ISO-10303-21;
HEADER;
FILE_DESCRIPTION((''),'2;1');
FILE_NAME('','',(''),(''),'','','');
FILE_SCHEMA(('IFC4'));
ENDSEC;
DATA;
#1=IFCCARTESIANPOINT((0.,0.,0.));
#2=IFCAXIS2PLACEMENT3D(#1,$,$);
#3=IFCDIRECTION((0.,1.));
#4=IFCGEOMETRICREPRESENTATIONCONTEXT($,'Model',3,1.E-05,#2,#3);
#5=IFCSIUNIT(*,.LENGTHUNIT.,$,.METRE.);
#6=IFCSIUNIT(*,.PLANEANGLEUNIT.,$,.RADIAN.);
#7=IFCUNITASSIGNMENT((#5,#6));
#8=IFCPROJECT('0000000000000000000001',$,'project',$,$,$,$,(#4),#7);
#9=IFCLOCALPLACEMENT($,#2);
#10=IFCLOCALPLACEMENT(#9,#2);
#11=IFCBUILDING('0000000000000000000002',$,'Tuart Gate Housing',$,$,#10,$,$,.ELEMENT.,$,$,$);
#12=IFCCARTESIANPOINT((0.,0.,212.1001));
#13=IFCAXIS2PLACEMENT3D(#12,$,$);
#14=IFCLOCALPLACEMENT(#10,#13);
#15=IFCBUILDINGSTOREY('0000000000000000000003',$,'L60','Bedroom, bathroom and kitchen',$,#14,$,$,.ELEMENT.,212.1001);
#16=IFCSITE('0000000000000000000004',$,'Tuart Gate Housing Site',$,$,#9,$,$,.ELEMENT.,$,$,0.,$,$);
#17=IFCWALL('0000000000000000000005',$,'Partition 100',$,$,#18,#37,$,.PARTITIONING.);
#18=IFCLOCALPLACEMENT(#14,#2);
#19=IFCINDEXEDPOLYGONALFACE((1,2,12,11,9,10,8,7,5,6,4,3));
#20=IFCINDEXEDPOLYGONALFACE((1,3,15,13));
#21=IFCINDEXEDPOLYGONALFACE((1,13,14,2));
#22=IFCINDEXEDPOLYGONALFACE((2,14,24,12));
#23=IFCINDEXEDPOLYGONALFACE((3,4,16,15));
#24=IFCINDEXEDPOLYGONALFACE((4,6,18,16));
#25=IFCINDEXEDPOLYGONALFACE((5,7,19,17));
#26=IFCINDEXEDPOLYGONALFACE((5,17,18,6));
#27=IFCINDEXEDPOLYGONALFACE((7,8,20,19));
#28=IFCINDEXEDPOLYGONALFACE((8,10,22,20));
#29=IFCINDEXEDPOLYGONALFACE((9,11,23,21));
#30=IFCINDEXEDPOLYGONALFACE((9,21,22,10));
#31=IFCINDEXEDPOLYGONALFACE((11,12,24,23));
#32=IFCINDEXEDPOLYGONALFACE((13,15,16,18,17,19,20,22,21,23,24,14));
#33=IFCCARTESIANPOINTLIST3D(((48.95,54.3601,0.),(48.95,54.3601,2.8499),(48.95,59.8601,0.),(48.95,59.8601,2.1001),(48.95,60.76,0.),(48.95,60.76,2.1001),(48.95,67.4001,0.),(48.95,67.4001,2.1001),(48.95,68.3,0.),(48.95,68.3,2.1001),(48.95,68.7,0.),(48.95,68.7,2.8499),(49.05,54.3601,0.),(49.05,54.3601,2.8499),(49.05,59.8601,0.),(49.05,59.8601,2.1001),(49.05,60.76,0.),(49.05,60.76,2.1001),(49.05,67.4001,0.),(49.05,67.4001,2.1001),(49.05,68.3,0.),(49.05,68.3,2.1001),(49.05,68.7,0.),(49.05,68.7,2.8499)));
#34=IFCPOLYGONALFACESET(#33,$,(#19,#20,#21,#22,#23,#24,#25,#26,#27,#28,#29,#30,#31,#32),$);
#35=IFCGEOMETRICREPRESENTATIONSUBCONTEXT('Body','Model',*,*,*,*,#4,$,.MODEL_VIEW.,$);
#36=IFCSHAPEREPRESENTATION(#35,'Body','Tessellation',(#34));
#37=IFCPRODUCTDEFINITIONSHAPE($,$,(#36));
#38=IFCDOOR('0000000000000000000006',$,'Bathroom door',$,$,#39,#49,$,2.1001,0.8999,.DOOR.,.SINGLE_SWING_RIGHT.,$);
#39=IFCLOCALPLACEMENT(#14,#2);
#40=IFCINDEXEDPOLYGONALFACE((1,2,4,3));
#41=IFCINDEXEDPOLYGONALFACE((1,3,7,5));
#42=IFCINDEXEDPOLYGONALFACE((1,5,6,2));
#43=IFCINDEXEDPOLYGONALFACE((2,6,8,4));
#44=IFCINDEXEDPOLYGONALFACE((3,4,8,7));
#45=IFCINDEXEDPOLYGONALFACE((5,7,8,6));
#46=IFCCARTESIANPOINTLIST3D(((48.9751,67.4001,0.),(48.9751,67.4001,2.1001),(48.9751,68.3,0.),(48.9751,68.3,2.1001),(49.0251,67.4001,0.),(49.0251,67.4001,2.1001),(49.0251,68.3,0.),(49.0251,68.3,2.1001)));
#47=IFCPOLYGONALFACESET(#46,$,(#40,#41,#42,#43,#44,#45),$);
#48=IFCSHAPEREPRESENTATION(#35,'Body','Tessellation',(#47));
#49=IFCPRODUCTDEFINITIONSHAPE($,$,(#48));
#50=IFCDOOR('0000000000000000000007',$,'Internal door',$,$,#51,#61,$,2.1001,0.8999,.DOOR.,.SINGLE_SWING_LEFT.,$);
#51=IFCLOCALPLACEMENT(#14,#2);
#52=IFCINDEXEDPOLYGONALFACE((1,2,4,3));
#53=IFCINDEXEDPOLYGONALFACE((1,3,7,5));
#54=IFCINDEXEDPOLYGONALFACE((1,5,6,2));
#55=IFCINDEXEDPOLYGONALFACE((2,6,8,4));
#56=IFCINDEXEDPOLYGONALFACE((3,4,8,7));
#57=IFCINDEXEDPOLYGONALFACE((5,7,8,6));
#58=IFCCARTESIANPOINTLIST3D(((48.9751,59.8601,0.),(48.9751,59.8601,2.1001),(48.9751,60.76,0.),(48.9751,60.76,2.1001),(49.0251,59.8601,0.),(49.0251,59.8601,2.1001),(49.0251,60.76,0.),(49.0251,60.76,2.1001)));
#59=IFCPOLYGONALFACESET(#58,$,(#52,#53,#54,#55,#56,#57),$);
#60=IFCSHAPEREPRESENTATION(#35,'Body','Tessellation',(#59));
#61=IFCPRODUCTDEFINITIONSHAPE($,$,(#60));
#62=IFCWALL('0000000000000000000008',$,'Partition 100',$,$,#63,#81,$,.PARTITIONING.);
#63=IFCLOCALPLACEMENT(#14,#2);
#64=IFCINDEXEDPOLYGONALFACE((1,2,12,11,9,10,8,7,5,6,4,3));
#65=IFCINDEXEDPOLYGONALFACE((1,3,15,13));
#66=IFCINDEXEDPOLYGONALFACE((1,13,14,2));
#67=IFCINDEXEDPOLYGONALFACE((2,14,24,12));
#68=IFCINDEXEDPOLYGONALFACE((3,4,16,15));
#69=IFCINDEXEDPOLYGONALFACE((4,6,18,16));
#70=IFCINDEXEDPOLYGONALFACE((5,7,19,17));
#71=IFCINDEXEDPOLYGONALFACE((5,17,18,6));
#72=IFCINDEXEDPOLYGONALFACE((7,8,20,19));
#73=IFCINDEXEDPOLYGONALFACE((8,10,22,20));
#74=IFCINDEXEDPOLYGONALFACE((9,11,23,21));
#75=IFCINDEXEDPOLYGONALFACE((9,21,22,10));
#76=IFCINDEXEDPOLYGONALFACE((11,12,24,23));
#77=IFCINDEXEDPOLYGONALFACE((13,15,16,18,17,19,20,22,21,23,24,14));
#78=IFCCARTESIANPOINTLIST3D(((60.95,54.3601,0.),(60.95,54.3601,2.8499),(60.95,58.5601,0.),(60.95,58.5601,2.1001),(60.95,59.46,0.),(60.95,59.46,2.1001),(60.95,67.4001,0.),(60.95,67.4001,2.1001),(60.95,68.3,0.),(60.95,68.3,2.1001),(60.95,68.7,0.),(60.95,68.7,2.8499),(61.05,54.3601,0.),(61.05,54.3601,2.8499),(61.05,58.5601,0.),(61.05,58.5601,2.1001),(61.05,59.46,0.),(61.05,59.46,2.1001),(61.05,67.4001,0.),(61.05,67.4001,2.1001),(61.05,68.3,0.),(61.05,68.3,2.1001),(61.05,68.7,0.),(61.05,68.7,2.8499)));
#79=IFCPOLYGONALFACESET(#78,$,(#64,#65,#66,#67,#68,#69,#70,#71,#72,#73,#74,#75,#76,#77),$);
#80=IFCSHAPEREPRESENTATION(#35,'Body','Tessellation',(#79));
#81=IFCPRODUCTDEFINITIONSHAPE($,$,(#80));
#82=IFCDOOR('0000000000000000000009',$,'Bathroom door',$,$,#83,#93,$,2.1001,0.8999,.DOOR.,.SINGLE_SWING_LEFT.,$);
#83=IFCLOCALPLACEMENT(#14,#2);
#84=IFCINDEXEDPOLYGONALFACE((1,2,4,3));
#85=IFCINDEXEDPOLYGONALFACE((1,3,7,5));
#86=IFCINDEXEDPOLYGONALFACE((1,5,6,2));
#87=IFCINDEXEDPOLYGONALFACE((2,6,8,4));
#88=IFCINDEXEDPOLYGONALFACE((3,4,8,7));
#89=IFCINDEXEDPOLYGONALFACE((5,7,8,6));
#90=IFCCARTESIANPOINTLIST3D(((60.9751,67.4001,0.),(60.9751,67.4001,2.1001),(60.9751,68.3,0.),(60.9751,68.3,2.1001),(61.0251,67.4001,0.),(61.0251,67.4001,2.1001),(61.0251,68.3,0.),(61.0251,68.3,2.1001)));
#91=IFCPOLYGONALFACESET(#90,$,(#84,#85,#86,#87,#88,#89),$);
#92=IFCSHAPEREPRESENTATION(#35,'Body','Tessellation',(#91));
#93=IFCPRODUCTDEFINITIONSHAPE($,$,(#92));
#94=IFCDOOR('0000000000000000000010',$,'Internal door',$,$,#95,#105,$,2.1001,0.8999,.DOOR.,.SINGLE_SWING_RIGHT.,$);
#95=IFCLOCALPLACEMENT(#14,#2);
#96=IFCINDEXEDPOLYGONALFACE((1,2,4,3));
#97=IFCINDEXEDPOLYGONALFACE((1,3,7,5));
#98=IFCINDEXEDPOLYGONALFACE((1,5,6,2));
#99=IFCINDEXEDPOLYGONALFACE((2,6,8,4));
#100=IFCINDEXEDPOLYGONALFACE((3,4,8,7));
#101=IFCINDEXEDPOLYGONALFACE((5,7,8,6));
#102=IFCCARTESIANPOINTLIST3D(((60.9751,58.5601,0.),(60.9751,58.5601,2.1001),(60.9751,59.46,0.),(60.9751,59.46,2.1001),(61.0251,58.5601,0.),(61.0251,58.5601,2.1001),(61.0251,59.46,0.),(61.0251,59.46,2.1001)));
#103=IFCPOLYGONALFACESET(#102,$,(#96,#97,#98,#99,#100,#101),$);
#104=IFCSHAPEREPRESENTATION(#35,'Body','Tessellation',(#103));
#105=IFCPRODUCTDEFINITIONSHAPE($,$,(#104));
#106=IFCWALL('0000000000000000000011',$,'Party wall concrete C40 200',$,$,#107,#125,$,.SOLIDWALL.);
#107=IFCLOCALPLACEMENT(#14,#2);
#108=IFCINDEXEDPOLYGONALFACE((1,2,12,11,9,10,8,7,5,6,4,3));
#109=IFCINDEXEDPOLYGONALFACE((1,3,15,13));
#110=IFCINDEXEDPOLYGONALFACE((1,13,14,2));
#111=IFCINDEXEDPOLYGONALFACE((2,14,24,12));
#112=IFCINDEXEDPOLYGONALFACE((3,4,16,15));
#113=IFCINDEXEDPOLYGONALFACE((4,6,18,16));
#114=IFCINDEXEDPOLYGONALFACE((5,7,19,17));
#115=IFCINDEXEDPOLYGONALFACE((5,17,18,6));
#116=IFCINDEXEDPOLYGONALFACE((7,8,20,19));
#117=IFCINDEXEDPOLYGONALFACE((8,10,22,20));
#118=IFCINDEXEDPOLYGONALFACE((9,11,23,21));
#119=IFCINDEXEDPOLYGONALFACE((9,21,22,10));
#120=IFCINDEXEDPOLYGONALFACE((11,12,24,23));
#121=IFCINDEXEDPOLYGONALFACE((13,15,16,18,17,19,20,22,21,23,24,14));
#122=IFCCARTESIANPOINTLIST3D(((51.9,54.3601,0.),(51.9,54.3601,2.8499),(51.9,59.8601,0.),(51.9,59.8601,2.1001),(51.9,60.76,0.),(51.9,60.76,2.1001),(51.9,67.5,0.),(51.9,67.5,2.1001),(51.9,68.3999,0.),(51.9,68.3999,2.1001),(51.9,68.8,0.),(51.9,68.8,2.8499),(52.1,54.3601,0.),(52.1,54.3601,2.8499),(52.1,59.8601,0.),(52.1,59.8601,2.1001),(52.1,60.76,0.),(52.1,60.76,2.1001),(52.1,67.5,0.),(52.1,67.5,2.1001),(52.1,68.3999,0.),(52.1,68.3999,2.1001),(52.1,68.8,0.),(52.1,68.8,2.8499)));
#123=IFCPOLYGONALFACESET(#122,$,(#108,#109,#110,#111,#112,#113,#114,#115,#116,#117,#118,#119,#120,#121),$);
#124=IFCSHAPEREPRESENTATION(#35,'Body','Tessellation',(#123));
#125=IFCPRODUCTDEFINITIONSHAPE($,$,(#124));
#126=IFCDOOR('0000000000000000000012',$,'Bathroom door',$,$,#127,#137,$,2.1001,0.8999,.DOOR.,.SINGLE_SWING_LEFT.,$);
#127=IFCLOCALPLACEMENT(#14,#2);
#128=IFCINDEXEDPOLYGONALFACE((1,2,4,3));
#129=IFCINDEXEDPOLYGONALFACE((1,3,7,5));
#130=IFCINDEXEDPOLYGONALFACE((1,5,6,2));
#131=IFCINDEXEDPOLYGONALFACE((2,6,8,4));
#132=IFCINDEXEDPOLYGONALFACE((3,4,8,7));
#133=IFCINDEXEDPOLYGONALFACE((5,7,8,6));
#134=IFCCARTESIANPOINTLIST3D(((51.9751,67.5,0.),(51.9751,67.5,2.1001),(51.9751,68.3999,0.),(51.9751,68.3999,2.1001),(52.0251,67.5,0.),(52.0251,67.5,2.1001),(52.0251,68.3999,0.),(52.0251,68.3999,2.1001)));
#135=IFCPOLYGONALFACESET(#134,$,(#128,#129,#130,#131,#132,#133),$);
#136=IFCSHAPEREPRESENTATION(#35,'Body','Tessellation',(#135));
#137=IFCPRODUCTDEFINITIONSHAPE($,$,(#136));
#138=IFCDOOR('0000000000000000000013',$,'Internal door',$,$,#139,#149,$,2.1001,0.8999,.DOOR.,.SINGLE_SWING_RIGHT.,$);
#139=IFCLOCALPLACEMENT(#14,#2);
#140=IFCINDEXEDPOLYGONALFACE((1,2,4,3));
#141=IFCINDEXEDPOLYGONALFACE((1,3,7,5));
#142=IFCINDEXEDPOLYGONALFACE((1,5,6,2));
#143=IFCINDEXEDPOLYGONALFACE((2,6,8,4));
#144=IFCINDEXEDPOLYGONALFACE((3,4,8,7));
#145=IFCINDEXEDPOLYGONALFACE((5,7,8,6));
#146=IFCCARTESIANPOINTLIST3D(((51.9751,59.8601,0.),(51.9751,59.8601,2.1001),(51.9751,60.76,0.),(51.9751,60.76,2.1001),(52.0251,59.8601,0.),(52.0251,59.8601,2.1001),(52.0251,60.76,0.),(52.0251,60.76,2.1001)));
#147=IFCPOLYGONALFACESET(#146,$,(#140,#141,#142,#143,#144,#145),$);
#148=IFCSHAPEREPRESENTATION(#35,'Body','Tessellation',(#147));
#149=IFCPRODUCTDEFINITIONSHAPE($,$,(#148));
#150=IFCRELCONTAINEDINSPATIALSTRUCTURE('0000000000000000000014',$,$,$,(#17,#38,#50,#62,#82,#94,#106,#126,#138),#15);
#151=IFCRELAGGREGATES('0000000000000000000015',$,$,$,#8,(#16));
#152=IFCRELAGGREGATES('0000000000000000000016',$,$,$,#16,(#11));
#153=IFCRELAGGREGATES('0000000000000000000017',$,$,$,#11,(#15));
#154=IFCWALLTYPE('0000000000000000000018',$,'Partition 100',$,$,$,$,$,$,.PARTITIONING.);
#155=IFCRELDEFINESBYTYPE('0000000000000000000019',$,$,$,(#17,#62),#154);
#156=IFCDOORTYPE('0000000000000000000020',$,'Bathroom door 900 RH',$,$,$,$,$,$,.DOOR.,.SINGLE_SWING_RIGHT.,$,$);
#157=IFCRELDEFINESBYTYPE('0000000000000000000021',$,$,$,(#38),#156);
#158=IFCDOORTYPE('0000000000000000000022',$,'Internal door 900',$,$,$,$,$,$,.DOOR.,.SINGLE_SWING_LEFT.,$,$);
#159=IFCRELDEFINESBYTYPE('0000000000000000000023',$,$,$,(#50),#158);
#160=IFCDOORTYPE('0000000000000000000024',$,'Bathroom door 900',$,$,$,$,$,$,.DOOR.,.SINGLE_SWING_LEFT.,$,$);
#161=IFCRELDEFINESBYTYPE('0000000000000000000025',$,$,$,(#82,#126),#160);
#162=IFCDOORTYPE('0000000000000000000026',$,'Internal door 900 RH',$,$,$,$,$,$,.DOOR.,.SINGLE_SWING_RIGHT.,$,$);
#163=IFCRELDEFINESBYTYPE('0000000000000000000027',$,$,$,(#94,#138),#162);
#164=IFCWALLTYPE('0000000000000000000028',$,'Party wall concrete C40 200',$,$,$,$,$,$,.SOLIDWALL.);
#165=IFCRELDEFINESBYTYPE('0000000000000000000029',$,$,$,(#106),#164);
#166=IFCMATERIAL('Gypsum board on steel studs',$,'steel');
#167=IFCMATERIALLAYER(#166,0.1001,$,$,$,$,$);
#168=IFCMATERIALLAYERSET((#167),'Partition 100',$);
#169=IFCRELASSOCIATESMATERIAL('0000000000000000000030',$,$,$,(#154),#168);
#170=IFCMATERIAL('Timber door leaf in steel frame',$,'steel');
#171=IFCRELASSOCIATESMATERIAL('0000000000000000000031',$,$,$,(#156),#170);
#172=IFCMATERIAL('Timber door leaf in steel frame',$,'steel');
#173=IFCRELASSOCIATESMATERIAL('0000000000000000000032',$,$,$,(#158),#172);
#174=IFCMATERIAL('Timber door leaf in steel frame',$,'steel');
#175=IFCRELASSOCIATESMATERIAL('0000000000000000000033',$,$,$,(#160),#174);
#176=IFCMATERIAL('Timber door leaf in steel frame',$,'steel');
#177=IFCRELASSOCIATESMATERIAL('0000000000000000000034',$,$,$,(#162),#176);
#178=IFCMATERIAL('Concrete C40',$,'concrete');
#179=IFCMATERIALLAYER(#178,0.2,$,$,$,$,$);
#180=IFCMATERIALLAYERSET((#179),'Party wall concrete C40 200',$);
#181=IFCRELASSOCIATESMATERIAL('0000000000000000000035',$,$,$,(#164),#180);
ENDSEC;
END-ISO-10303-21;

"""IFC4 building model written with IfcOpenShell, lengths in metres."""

from ifc_helpers import new_model, si_unit, direction, frame, frame_2d, origin, place, context, subcontext, project, spatial, rectangle, extrude, material, layer, layer_set, type_object, element, fill, save


model = new_model("IFC4")

# Units and contexts
model_context = context("Model", 3, precision=1e-05, world=origin(), true_north=direction((0.0, 1.0)))
body_context = subcontext(model_context, "Body", "Model", "MODEL_VIEW")
ifc_project = project(units=[si_unit("LENGTHUNIT", "METRE"), si_unit("PLANEANGLEUNIT", "RADIAN")], contexts=[model_context])

# Site, building, storey
site_placement = place(None, origin())
site = spatial("IfcSite", under=ifc_project, at=site_placement, Name="Tuart Gate Housing Site", CompositionType="ELEMENT", RefElevation=0.0)
building_placement = place(site_placement, origin())
building = spatial("IfcBuilding", under=site, at=building_placement, Name="Tuart Gate Housing", CompositionType="ELEMENT")
storey_placement = place(building_placement, frame((0.0, 0.0, 212.1001)))
storey = spatial("IfcBuildingStorey", under=building, at=storey_placement, Name="L60", Description="Bedroom, bathroom and kitchen", CompositionType="ELEMENT", Elevation=212.1001)

# Walls, openings, doors
ifc_material_1 = material(Name="Gypsum board on steel studs", Category="steel")
ifc_layer_1 = layer(ifc_material_1, 0.1001)
ifc_layer_set_1 = layer_set([ifc_layer_1], Name="Partition 100")
wall_type_1 = type_object("IfcWallType", Name="Partition 100", PredefinedType="PARTITIONING", material=ifc_layer_set_1)
wall_1_placement = place(storey_placement, frame((49.0, 54.3601, 0.0), z_axis=(0.0, 0.0, 1.0), x_axis=(0.0, 1.0, 0.0)))
wall_1 = element("IfcWall", 1, at=wall_1_placement, inside=storey, type_object=wall_type_1, Name="Partition 100", PredefinedType="PARTITIONING", context=body_context, shape_type="SweptSolid", body=[
    extrude(rectangle(XDim=14.3398, YDim=0.1001, at=frame_2d((7.1699, 0.0))), origin(), (0.0, 0.0, 1.0), 2.8499),
])
opening_1_placement = place(wall_1_placement, frame((5.5, 0.0, 0.0)))
opening_1 = element("IfcOpeningElement", 2, at=opening_1_placement, cuts=wall_1, PredefinedType="OPENING", context=body_context, shape_type="SweptSolid", body=[
    extrude(rectangle(XDim=0.8999, YDim=2.1001, at=frame_2d((0.45, 1.05))), frame((0.0, 0.0601, 0.0), z_axis=(0.0, -1.0, 0.0), x_axis=(1.0, 0.0, 0.0)), (0.0, 0.0, 1.0), 0.1201),
])
opening_2_placement = place(wall_1_placement, frame((13.04, 0.0, 0.0)))
opening_2 = element("IfcOpeningElement", 3, at=opening_2_placement, cuts=wall_1, PredefinedType="OPENING", context=body_context, shape_type="SweptSolid", body=[
    extrude(rectangle(XDim=0.8999, YDim=2.1001, at=frame_2d((0.45, 1.05))), frame((0.0, 0.0601, 0.0), z_axis=(0.0, -1.0, 0.0), x_axis=(1.0, 0.0, 0.0)), (0.0, 0.0, 1.0), 0.1201),
])
ifc_material_2 = material(Name="Timber door leaf in steel frame", Category="steel")
door_type_1 = type_object("IfcDoorType", Name="Bathroom door 900 RH", OperationType="SINGLE_SWING_RIGHT", PredefinedType="DOOR", material=ifc_material_2)
door_1_placement = place(opening_2_placement, origin())
door_1 = element("IfcDoor", 4, at=door_1_placement, inside=storey, type_object=door_type_1, Name="Bathroom door", OperationType="SINGLE_SWING_RIGHT", OverallHeight=2.1001, OverallWidth=0.8999, PredefinedType="DOOR", context=body_context, shape_type="SweptSolid", body=[
    extrude(rectangle(XDim=0.8999, YDim=2.1001, at=frame_2d((0.45, 1.05))), frame((0.0, 0.0249, 0.0), z_axis=(0.0, -1.0, 0.0), x_axis=(1.0, 0.0, 0.0)), (0.0, 0.0, 1.0), 0.05),
])
fill(opening_2, door_1)
ifc_material_3 = material(Name="Timber door leaf in steel frame", Category="steel")
door_type_2 = type_object("IfcDoorType", Name="Internal door 900", OperationType="SINGLE_SWING_LEFT", PredefinedType="DOOR", material=ifc_material_3)
door_2_placement = place(opening_1_placement, origin())
door_2 = element("IfcDoor", 5, at=door_2_placement, inside=storey, type_object=door_type_2, Name="Internal door", OperationType="SINGLE_SWING_LEFT", OverallHeight=2.1001, OverallWidth=0.8999, PredefinedType="DOOR", context=body_context, shape_type="SweptSolid", body=[
    extrude(rectangle(XDim=0.8999, YDim=2.1001, at=frame_2d((0.45, 1.05))), frame((0.0, 0.0249, 0.0), z_axis=(0.0, -1.0, 0.0), x_axis=(1.0, 0.0, 0.0)), (0.0, 0.0, 1.0), 0.05),
])
fill(opening_1, door_2)
wall_2_placement = place(storey_placement, frame((61.0, 54.3601, 0.0), z_axis=(0.0, 0.0, 1.0), x_axis=(0.0, 1.0, 0.0)))
wall_2 = element("IfcWall", 6, at=wall_2_placement, inside=storey, type_object=wall_type_1, Name="Partition 100", PredefinedType="PARTITIONING", context=body_context, shape_type="SweptSolid", body=[
    extrude(rectangle(XDim=14.3398, YDim=0.1001, at=frame_2d((7.1699, 0.0))), origin(), (0.0, 0.0, 1.0), 2.8499),
])
opening_3_placement = place(wall_2_placement, frame((4.2, 0.0, 0.0)))
opening_3 = element("IfcOpeningElement", 7, at=opening_3_placement, cuts=wall_2, PredefinedType="OPENING", context=body_context, shape_type="SweptSolid", body=[
    extrude(rectangle(XDim=0.8999, YDim=2.1001, at=frame_2d((0.45, 1.05))), frame((0.0, 0.0601, 0.0), z_axis=(0.0, -1.0, 0.0), x_axis=(1.0, 0.0, 0.0)), (0.0, 0.0, 1.0), 0.1201),
])
opening_4_placement = place(wall_2_placement, frame((13.04, 0.0, 0.0)))
opening_4 = element("IfcOpeningElement", 8, at=opening_4_placement, cuts=wall_2, PredefinedType="OPENING", context=body_context, shape_type="SweptSolid", body=[
    extrude(rectangle(XDim=0.8999, YDim=2.1001, at=frame_2d((0.45, 1.05))), frame((0.0, 0.0601, 0.0), z_axis=(0.0, -1.0, 0.0), x_axis=(1.0, 0.0, 0.0)), (0.0, 0.0, 1.0), 0.1201),
])
ifc_material_4 = material(Name="Timber door leaf in steel frame", Category="steel")
door_type_3 = type_object("IfcDoorType", Name="Bathroom door 900", OperationType="SINGLE_SWING_LEFT", PredefinedType="DOOR", material=ifc_material_4)
door_3_placement = place(opening_4_placement, frame((0.8999, 0.0, 0.0), z_axis=(0.0, 0.0, 1.0), x_axis=(-1.0, 0.0, 0.0)))
door_3 = element("IfcDoor", 9, at=door_3_placement, inside=storey, type_object=door_type_3, Name="Bathroom door", OperationType="SINGLE_SWING_LEFT", OverallHeight=2.1001, OverallWidth=0.8999, PredefinedType="DOOR", context=body_context, shape_type="SweptSolid", body=[
    extrude(rectangle(XDim=0.8999, YDim=2.1001, at=frame_2d((0.45, 1.05))), frame((0.0, 0.0251, 0.0), z_axis=(0.0, -1.0, 0.0), x_axis=(1.0, 0.0, 0.0)), (0.0, 0.0, 1.0), 0.05),
])
fill(opening_4, door_3)
ifc_material_5 = material(Name="Timber door leaf in steel frame", Category="steel")
door_type_4 = type_object("IfcDoorType", Name="Internal door 900 RH", OperationType="SINGLE_SWING_RIGHT", PredefinedType="DOOR", material=ifc_material_5)
door_4_placement = place(opening_3_placement, frame((0.8999, 0.0, 0.0), z_axis=(0.0, 0.0, 1.0), x_axis=(-1.0, 0.0, 0.0)))
door_4 = element("IfcDoor", 10, at=door_4_placement, inside=storey, type_object=door_type_4, Name="Internal door", OperationType="SINGLE_SWING_RIGHT", OverallHeight=2.1001, OverallWidth=0.8999, PredefinedType="DOOR", context=body_context, shape_type="SweptSolid", body=[
    extrude(rectangle(XDim=0.8999, YDim=2.1001, at=frame_2d((0.45, 1.05))), frame((0.0, 0.0251, 0.0), z_axis=(0.0, -1.0, 0.0), x_axis=(1.0, 0.0, 0.0)), (0.0, 0.0, 1.0), 0.05),
])
fill(opening_3, door_4)
ifc_material_6 = material(Name="Concrete C40", Category="concrete")
ifc_layer_2 = layer(ifc_material_6, 0.2)
ifc_layer_set_2 = layer_set([ifc_layer_2], Name="Party wall concrete C40 200")
wall_type_2 = type_object("IfcWallType", Name="Party wall concrete C40 200", PredefinedType="SOLIDWALL", material=ifc_layer_set_2)
wall_3_placement = place(storey_placement, frame((52.0, 54.3601, 0.0), z_axis=(0.0, 0.0, 1.0), x_axis=(0.0, 1.0, 0.0)))
wall_3 = element("IfcWall", 11, at=wall_3_placement, inside=storey, type_object=wall_type_2, Name="Party wall concrete C40 200", PredefinedType="SOLIDWALL", context=body_context, shape_type="SweptSolid", body=[
    extrude(rectangle(XDim=14.4399, YDim=0.2, at=frame_2d((7.22, 0.0))), origin(), (0.0, 0.0, 1.0), 2.8499),
])
opening_5_placement = place(wall_3_placement, frame((5.5, 0.0, 0.0)))
opening_5 = element("IfcOpeningElement", 12, at=opening_5_placement, cuts=wall_3, PredefinedType="OPENING", context=body_context, shape_type="SweptSolid", body=[
    extrude(rectangle(XDim=0.8999, YDim=2.1001, at=frame_2d((0.45, 1.05))), frame((0.0, 0.1099, 0.0), z_axis=(0.0, -1.0, 0.0), x_axis=(1.0, 0.0, 0.0)), (0.0, 0.0, 1.0), 0.22),
])
opening_6_placement = place(wall_3_placement, frame((13.1399, 0.0, 0.0)))
opening_6 = element("IfcOpeningElement", 13, at=opening_6_placement, cuts=wall_3, PredefinedType="OPENING", context=body_context, shape_type="SweptSolid", body=[
    extrude(rectangle(XDim=0.8999, YDim=2.1001, at=frame_2d((0.45, 1.05))), frame((0.0, 0.1099, 0.0), z_axis=(0.0, -1.0, 0.0), x_axis=(1.0, 0.0, 0.0)), (0.0, 0.0, 1.0), 0.22),
])
door_5_placement = place(opening_6_placement, frame((0.8999, 0.0, 0.0), z_axis=(0.0, 0.0, 1.0), x_axis=(-1.0, 0.0, 0.0)))
door_5 = element("IfcDoor", 14, at=door_5_placement, inside=storey, type_object=door_type_3, Name="Bathroom door", OperationType="SINGLE_SWING_LEFT", OverallHeight=2.1001, OverallWidth=0.8999, PredefinedType="DOOR", context=body_context, shape_type="SweptSolid", body=[
    extrude(rectangle(XDim=0.8999, YDim=2.1001, at=frame_2d((0.45, 1.05))), frame((0.0, 0.0251, 0.0), z_axis=(0.0, -1.0, 0.0), x_axis=(1.0, 0.0, 0.0)), (0.0, 0.0, 1.0), 0.05),
])
fill(opening_6, door_5)
door_6_placement = place(opening_5_placement, frame((0.8999, 0.0, 0.0), z_axis=(0.0, 0.0, 1.0), x_axis=(-1.0, 0.0, 0.0)))
door_6 = element("IfcDoor", 15, at=door_6_placement, inside=storey, type_object=door_type_4, Name="Internal door", OperationType="SINGLE_SWING_RIGHT", OverallHeight=2.1001, OverallWidth=0.8999, PredefinedType="DOOR", context=body_context, shape_type="SweptSolid", body=[
    extrude(rectangle(XDim=0.8999, YDim=2.1001, at=frame_2d((0.45, 1.05))), frame((0.0, 0.0251, 0.0), z_axis=(0.0, -1.0, 0.0), x_axis=(1.0, 0.0, 0.0)), (0.0, 0.0, 1.0), 0.05),
])
fill(opening_5, door_6)

save(model, "model.ifc")
